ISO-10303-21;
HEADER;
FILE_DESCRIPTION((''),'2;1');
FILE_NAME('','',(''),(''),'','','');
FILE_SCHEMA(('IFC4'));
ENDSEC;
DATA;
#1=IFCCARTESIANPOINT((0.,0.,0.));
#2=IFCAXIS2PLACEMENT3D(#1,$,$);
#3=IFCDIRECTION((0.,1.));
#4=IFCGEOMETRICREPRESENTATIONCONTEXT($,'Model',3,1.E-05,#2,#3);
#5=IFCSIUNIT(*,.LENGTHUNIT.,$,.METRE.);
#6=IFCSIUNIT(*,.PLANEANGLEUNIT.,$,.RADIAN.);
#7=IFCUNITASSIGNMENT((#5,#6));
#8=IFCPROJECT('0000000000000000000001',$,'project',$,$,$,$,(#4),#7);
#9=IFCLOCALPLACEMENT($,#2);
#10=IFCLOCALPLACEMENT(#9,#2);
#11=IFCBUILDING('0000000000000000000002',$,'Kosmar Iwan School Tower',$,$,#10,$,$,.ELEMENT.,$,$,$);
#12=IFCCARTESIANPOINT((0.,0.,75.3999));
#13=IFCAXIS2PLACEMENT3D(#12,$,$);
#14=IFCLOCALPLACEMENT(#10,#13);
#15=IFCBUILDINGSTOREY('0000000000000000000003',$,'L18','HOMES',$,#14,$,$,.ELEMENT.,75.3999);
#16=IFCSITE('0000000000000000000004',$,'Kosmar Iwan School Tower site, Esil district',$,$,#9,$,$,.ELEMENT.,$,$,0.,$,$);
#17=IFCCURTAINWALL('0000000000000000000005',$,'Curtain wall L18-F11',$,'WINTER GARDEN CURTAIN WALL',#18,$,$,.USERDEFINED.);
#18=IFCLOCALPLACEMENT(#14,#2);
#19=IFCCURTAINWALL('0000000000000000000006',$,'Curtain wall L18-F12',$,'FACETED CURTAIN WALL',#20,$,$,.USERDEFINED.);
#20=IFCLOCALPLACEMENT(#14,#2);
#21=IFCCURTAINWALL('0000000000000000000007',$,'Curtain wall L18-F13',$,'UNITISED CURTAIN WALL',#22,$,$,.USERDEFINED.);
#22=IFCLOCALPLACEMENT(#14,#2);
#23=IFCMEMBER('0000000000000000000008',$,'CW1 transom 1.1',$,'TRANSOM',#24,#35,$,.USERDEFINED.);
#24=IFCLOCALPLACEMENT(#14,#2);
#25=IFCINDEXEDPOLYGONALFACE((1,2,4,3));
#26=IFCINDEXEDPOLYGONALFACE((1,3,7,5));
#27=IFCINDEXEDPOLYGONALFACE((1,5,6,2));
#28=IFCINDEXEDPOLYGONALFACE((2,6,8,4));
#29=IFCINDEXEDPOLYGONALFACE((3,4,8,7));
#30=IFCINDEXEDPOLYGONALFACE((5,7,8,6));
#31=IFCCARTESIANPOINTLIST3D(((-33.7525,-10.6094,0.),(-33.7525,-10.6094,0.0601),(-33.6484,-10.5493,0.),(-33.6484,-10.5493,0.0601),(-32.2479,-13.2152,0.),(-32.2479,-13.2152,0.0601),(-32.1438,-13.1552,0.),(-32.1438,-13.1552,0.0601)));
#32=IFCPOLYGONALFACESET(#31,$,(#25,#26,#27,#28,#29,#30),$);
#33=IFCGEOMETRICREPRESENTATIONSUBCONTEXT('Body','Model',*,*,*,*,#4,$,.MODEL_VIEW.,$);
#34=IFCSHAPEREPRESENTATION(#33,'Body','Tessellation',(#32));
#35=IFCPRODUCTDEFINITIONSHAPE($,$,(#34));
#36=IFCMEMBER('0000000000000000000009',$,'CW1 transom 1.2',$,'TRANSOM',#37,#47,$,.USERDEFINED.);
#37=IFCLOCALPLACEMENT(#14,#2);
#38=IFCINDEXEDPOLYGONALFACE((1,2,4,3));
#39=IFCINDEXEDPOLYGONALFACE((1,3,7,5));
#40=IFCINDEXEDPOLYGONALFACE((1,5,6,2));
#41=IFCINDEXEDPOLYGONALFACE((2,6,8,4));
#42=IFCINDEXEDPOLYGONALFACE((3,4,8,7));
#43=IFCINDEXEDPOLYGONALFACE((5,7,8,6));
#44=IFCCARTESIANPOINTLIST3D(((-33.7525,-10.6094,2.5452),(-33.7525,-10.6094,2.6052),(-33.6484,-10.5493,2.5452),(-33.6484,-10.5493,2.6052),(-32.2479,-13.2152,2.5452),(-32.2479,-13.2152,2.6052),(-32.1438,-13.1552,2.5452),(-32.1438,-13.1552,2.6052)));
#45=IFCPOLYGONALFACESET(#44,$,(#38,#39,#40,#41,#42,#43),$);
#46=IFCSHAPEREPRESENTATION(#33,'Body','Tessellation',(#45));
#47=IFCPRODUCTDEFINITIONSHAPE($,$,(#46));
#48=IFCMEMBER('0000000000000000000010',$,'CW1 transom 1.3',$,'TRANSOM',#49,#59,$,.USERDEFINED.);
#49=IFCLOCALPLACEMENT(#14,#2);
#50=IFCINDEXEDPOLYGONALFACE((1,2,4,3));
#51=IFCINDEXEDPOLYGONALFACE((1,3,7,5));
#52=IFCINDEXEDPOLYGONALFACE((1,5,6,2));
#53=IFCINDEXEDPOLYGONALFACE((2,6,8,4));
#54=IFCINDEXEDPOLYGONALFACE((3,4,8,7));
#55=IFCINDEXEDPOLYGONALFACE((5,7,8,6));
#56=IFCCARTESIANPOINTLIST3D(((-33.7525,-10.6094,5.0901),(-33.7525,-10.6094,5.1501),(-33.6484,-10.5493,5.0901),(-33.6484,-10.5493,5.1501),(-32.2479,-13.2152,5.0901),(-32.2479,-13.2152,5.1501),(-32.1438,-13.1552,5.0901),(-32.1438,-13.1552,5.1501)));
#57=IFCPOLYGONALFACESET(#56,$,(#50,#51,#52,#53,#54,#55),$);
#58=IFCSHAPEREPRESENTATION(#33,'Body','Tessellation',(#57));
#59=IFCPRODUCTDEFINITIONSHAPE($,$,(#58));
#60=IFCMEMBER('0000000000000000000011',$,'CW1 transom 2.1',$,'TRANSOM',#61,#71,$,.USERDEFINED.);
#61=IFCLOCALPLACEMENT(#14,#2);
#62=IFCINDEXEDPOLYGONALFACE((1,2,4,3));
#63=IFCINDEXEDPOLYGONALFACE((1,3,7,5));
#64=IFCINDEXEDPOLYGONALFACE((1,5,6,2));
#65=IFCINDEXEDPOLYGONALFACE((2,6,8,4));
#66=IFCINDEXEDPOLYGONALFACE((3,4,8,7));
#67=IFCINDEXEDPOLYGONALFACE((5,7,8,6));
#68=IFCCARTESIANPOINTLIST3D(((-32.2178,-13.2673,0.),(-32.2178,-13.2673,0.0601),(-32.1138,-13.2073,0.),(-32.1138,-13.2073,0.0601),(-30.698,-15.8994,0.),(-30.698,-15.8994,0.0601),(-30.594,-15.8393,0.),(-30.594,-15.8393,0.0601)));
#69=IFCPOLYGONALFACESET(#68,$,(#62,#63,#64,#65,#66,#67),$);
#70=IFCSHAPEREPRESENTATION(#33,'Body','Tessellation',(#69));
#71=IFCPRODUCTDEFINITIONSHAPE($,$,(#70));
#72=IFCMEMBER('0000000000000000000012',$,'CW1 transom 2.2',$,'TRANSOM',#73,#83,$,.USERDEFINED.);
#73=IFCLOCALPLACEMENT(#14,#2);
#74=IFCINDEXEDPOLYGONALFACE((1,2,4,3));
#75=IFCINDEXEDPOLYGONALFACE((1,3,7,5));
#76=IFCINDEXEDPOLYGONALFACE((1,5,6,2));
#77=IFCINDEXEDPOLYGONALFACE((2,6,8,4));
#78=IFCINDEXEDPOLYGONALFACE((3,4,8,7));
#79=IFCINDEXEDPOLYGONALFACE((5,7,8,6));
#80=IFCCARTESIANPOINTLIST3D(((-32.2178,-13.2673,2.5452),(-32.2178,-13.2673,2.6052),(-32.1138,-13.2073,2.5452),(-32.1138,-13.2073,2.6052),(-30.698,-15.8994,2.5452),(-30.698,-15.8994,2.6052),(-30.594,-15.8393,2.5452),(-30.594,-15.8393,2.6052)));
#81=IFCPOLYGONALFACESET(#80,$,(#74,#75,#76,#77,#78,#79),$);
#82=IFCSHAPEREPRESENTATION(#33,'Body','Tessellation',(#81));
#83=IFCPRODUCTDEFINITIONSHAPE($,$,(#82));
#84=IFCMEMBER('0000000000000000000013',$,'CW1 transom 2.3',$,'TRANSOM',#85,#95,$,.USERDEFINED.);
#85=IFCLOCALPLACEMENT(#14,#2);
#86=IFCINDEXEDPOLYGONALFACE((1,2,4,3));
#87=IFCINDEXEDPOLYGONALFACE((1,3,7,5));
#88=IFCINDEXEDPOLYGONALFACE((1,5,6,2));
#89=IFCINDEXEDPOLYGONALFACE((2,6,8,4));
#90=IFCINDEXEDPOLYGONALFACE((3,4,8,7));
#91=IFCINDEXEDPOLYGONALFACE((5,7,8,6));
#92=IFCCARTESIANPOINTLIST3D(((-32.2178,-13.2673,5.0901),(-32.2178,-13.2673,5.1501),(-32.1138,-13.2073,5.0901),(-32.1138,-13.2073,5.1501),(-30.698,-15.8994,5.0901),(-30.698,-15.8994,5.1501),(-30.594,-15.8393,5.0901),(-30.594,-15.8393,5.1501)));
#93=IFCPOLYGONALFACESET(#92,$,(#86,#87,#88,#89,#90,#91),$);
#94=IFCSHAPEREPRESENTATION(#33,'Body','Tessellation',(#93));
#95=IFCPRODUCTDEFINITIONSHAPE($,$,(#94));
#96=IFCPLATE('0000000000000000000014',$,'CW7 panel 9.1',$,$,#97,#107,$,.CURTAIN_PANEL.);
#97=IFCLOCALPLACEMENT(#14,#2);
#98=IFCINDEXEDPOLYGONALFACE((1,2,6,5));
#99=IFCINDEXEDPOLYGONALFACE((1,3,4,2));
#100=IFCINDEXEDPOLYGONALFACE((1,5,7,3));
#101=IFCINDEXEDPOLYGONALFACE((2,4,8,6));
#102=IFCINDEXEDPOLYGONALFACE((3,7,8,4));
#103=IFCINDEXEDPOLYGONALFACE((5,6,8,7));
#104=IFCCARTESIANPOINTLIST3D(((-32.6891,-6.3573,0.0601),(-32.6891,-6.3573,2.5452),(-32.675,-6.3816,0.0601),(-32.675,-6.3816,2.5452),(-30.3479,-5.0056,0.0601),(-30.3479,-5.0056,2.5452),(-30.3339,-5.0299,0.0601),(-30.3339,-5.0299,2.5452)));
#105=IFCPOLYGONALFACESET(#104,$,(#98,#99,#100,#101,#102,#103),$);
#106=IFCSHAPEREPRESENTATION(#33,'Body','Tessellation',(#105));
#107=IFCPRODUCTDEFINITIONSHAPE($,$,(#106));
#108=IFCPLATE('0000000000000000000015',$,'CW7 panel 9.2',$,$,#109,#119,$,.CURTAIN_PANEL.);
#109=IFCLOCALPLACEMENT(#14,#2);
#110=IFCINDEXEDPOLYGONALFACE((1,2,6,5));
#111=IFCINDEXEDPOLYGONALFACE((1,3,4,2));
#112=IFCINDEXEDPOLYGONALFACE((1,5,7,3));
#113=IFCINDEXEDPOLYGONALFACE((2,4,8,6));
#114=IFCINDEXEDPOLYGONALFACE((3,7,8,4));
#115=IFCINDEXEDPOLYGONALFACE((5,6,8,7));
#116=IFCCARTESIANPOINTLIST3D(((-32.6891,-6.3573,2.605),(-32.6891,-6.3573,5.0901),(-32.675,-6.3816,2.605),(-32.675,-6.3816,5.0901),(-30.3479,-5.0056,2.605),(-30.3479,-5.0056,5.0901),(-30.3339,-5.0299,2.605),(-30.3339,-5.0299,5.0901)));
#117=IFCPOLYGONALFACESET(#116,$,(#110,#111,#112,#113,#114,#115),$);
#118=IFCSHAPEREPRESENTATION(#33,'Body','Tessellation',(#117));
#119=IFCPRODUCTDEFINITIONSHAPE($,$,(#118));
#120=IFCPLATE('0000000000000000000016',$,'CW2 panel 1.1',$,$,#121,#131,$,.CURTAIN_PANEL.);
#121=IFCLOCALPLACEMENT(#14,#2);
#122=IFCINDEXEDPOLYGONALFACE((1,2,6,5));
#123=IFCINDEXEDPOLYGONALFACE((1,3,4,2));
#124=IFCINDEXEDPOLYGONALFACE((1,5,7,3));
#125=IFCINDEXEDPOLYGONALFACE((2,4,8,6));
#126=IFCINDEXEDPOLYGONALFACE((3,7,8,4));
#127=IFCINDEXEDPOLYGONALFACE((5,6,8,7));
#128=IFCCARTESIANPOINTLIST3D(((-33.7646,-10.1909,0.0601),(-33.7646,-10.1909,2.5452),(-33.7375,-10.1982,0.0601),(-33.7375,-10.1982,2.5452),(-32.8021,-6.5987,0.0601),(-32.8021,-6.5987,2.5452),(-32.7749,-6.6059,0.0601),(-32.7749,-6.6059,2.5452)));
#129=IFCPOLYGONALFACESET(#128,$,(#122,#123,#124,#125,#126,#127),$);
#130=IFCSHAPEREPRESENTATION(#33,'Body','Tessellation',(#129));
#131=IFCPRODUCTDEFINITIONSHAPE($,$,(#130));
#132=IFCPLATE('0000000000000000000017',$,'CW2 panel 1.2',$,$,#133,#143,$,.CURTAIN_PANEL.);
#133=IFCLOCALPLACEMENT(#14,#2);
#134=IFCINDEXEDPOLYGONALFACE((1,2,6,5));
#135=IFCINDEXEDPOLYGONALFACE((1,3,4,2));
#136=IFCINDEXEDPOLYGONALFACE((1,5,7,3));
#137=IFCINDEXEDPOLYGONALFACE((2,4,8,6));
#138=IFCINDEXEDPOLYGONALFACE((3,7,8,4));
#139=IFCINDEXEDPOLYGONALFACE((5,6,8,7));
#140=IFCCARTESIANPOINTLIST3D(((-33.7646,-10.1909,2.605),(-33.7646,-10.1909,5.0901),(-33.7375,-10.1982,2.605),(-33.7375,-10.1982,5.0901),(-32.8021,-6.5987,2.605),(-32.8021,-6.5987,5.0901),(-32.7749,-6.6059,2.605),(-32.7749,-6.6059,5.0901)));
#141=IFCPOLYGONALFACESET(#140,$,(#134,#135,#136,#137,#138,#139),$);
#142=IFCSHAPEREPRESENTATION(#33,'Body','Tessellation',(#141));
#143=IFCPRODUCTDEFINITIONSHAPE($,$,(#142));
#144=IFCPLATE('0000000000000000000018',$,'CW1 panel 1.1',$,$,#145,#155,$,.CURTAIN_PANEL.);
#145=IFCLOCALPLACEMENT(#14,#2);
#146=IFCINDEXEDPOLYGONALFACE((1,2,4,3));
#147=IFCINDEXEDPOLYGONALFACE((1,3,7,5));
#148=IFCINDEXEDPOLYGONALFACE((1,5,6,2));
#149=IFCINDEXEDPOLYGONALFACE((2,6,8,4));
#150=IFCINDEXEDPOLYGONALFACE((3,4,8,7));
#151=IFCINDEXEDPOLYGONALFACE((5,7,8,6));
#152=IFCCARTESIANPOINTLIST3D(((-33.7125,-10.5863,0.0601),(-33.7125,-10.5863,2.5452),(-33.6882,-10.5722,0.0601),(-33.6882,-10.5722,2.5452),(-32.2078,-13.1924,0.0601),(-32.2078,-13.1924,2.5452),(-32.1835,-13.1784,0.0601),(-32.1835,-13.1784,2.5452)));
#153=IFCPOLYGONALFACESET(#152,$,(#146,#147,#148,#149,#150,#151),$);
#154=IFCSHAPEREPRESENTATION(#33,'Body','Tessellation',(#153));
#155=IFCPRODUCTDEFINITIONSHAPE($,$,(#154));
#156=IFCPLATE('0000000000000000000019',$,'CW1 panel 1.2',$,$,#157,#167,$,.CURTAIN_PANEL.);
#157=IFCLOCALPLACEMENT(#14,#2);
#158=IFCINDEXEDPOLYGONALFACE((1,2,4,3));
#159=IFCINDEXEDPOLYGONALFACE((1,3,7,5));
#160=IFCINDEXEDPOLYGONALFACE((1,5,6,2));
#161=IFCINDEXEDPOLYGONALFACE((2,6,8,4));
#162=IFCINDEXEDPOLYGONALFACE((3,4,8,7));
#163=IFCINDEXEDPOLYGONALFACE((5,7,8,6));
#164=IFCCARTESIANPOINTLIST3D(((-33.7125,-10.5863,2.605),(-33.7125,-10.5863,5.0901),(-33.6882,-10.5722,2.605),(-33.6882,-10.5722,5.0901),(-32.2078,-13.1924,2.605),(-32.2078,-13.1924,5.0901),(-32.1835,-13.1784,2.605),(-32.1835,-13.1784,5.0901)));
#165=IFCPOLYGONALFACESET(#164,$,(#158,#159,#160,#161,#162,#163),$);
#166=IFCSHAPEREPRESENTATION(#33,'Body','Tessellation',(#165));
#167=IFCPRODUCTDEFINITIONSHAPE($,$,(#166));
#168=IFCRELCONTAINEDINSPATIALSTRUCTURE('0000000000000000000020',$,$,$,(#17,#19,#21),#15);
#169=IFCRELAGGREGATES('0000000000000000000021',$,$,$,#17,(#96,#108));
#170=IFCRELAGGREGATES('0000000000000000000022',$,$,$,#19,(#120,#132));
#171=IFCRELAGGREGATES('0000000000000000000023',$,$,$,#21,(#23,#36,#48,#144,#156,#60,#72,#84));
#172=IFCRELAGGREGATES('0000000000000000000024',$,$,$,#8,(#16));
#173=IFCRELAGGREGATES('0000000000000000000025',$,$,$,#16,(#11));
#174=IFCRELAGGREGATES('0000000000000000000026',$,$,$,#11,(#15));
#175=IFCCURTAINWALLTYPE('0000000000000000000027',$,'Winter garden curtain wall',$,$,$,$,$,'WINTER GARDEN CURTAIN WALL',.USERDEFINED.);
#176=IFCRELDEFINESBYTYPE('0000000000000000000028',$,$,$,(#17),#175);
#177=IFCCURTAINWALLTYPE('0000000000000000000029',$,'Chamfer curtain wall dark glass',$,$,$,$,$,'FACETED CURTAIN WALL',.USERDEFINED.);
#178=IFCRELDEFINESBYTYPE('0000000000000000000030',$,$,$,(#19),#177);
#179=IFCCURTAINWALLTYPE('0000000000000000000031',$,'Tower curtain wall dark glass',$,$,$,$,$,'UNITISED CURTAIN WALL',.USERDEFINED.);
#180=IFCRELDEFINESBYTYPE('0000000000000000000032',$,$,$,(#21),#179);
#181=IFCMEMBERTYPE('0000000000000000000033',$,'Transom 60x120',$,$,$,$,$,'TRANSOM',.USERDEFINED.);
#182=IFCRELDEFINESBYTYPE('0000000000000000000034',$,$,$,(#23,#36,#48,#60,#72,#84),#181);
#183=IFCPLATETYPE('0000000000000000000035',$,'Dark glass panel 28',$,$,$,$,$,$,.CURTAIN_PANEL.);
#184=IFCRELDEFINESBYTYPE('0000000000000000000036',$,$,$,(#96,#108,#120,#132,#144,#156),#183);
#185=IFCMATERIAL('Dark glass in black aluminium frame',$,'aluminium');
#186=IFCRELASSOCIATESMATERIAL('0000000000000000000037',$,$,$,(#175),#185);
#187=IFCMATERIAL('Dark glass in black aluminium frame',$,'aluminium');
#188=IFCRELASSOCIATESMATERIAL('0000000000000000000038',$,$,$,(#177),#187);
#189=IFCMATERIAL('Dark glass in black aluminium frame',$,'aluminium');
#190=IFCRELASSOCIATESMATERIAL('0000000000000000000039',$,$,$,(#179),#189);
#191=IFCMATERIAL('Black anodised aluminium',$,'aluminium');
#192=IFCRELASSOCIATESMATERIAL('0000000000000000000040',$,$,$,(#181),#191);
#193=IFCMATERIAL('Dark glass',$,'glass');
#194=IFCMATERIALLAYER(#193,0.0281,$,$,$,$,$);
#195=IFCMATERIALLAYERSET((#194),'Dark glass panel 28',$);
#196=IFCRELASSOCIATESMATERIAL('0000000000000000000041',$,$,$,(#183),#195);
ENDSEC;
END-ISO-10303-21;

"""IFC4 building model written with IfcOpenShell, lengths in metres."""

from ifc_helpers import new_model, si_unit, direction, frame, origin, origin_2d, place, context, subcontext, project, spatial, rectangle, extrude, material, layer, layer_set, material_profile, profile_set, type_object, element, aggregate, save


model = new_model("IFC4")

# Units and contexts
model_context = context("Model", 3, precision=1e-05, world=origin(), true_north=direction((0.0, 1.0)))
body_context = subcontext(model_context, "Body", "Model", "MODEL_VIEW")
ifc_project = project(units=[si_unit("LENGTHUNIT", "METRE"), si_unit("PLANEANGLEUNIT", "RADIAN")], contexts=[model_context])

# Site, building, storey
site_placement = place(None, origin())
site = spatial("IfcSite", under=ifc_project, at=site_placement, Name="Kosmar Iwan School Tower site, Esil district", CompositionType="ELEMENT", RefElevation=0.0)
building_placement = place(site_placement, origin())
building = spatial("IfcBuilding", under=site, at=building_placement, Name="Kosmar Iwan School Tower", CompositionType="ELEMENT")
storey_placement = place(building_placement, frame((0.0, 0.0, 75.3999)))
storey = spatial("IfcBuildingStorey", under=building, at=storey_placement, Name="L18", Description="HOMES", CompositionType="ELEMENT", Elevation=75.3999)

# Curtain wall
ifc_material_1 = material(Name="Dark glass in black aluminium frame", Category="aluminium")
curtain_wall_type_1 = type_object("IfcCurtainWallType", Name="Winter garden curtain wall", ElementType="WINTER GARDEN CURTAIN WALL", PredefinedType="USERDEFINED", material=ifc_material_1)
curtain_wall_1_placement = place(storey_placement, origin())
curtain_wall_1 = element("IfcCurtainWall", 1, at=curtain_wall_1_placement, inside=storey, type_object=curtain_wall_type_1, Name="Curtain wall L18-F11", ObjectType="WINTER GARDEN CURTAIN WALL", PredefinedType="USERDEFINED")

# Curtain walls
ifc_material_2 = material(Name="Dark glass in black aluminium frame", Category="aluminium")
curtain_wall_type_2 = type_object("IfcCurtainWallType", Name="Chamfer curtain wall dark glass", ElementType="FACETED CURTAIN WALL", PredefinedType="USERDEFINED", material=ifc_material_2)
curtain_wall_2_placement = place(storey_placement, origin())
curtain_wall_2 = element("IfcCurtainWall", 2, at=curtain_wall_2_placement, inside=storey, type_object=curtain_wall_type_2, Name="Curtain wall L18-F12", ObjectType="FACETED CURTAIN WALL", PredefinedType="USERDEFINED")
ifc_material_3 = material(Name="Dark glass in black aluminium frame", Category="aluminium")
curtain_wall_type_3 = type_object("IfcCurtainWallType", Name="Tower curtain wall dark glass", ElementType="UNITISED CURTAIN WALL", PredefinedType="USERDEFINED", material=ifc_material_3)
curtain_wall_3_placement = place(storey_placement, origin())
curtain_wall_3 = element("IfcCurtainWall", 3, at=curtain_wall_3_placement, inside=storey, type_object=curtain_wall_type_3, Name="Curtain wall L18-F13", ObjectType="UNITISED CURTAIN WALL", PredefinedType="USERDEFINED")

# Members
ifc_material_4 = material(Name="Black anodised aluminium", Category="aluminium")
ifc_material_profile_1 = material_profile(ifc_material_4, rectangle(XDim=0.1201, YDim=0.0601, at=origin_2d()), Name="TRANSOM 60x120")
ifc_profile_set_1 = profile_set([ifc_material_profile_1], Name="Black anodised aluminium")
member_type_1 = type_object("IfcMemberType", Name="Transom 60x120", ElementType="TRANSOM", PredefinedType="USERDEFINED", material=ifc_profile_set_1)
member_1_placement = place(storey_placement, frame((-33.7004, -10.5793, 0.03), z_axis=(0.500022, -0.866013, 0.0), x_axis=(0.866013, 0.500022, 0.0)))
member_1 = element("IfcMember", 4, at=member_1_placement, type_object=member_type_1, Name="CW1 transom 1.1", ObjectType="TRANSOM", PredefinedType="USERDEFINED", context=body_context, shape_type="SweptSolid", body=[
    extrude(rectangle(XDim=0.1201, YDim=0.0601, at=origin_2d()), origin(), (0.0, 0.0, 1.0), 3.009),
])
member_2_placement = place(storey_placement, frame((-33.7004, -10.5793, 2.5752), z_axis=(0.500022, -0.866013, 0.0), x_axis=(0.866013, 0.500022, 0.0)))
member_2 = element("IfcMember", 5, at=member_2_placement, type_object=member_type_1, Name="CW1 transom 1.2", ObjectType="TRANSOM", PredefinedType="USERDEFINED", context=body_context, shape_type="SweptSolid", body=[
    extrude(rectangle(XDim=0.1201, YDim=0.0601, at=origin_2d()), origin(), (0.0, 0.0, 1.0), 3.009),
])
member_3_placement = place(storey_placement, frame((-33.7004, -10.5793, 5.1201), z_axis=(0.500022, -0.866013, 0.0), x_axis=(0.866013, 0.500022, 0.0)))
member_3 = element("IfcMember", 6, at=member_3_placement, type_object=member_type_1, Name="CW1 transom 1.3", ObjectType="TRANSOM", PredefinedType="USERDEFINED", context=body_context, shape_type="SweptSolid", body=[
    extrude(rectangle(XDim=0.1201, YDim=0.0601, at=origin_2d()), origin(), (0.0, 0.0, 1.0), 3.009),
])
member_4_placement = place(storey_placement, frame((-32.1658, -13.2373, 0.03), z_axis=(0.500035, -0.866005, 0.0), x_axis=(0.866005, 0.500035, 0.0)))
member_4 = element("IfcMember", 7, at=member_4_placement, type_object=member_type_1, Name="CW1 transom 2.1", ObjectType="TRANSOM", PredefinedType="USERDEFINED", context=body_context, shape_type="SweptSolid", body=[
    extrude(rectangle(XDim=0.1201, YDim=0.0601, at=origin_2d()), origin(), (0.0, 0.0, 1.0), 3.0393),
])
member_5_placement = place(storey_placement, frame((-32.1658, -13.2373, 2.5752), z_axis=(0.500035, -0.866005, 0.0), x_axis=(0.866005, 0.500035, 0.0)))
member_5 = element("IfcMember", 8, at=member_5_placement, type_object=member_type_1, Name="CW1 transom 2.2", ObjectType="TRANSOM", PredefinedType="USERDEFINED", context=body_context, shape_type="SweptSolid", body=[
    extrude(rectangle(XDim=0.1201, YDim=0.0601, at=origin_2d()), origin(), (0.0, 0.0, 1.0), 3.0393),
])
member_6_placement = place(storey_placement, frame((-32.1658, -13.2373, 5.1201), z_axis=(0.500035, -0.866005, 0.0), x_axis=(0.866005, 0.500035, 0.0)))
member_6 = element("IfcMember", 9, at=member_6_placement, type_object=member_type_1, Name="CW1 transom 2.3", ObjectType="TRANSOM", PredefinedType="USERDEFINED", context=body_context, shape_type="SweptSolid", body=[
    extrude(rectangle(XDim=0.1201, YDim=0.0601, at=origin_2d()), origin(), (0.0, 0.0, 1.0), 3.0393),
])

# Plates
ifc_material_5 = material(Name="Dark glass", Category="glass")
ifc_layer = layer(ifc_material_5, 0.0281)
ifc_layer_set = layer_set([ifc_layer], Name="Dark glass panel 28")
plate_type = type_object("IfcPlateType", Name="Dark glass panel 28", PredefinedType="CURTAIN_PANEL", material=ifc_layer_set)
plate_1_placement = place(storey_placement, frame((-31.5115, -5.6936, 0.0601), z_axis=(0.0, 0.0, 1.0), x_axis=(-0.866025, -0.5, 0.0)))
plate_1 = element("IfcPlate", 10, at=plate_1_placement, type_object=plate_type, Name="CW7 panel 9.1", PredefinedType="CURTAIN_PANEL", context=body_context, shape_type="SweptSolid", body=[
    extrude(rectangle(XDim=2.7034, YDim=0.0281, at=origin_2d()), origin(), (0.0, 0.0, 1.0), 2.4851),
])
plate_2_placement = place(storey_placement, frame((-31.5115, -5.6936, 2.605), z_axis=(0.0, 0.0, 1.0), x_axis=(-0.866025, -0.5, 0.0)))
plate_2 = element("IfcPlate", 11, at=plate_2_placement, type_object=plate_type, Name="CW7 panel 9.2", PredefinedType="CURTAIN_PANEL", context=body_context, shape_type="SweptSolid", body=[
    extrude(rectangle(XDim=2.7034, YDim=0.0281, at=origin_2d()), origin(), (0.0, 0.0, 1.0), 2.4851),
])
aggregate(curtain_wall_1, [plate_1, plate_2])
plate_3_placement = place(storey_placement, frame((-33.2698, -8.3984, 0.0601), z_axis=(0.0, 0.0, 1.0), x_axis=(-0.258819, -0.965926, 0.0)))
plate_3 = element("IfcPlate", 12, at=plate_3_placement, type_object=plate_type, Name="CW2 panel 1.1", PredefinedType="CURTAIN_PANEL", context=body_context, shape_type="SweptSolid", body=[
    extrude(rectangle(XDim=3.719, YDim=0.0281, at=origin_2d()), origin(), (0.0, 0.0, 1.0), 2.4851),
])
plate_4_placement = place(storey_placement, frame((-33.2698, -8.3984, 2.605), z_axis=(0.0, 0.0, 1.0), x_axis=(-0.258819, -0.965926, 0.0)))
plate_4 = element("IfcPlate", 13, at=plate_4_placement, type_object=plate_type, Name="CW2 panel 1.2", PredefinedType="CURTAIN_PANEL", context=body_context, shape_type="SweptSolid", body=[
    extrude(rectangle(XDim=3.719, YDim=0.0281, at=origin_2d()), origin(), (0.0, 0.0, 1.0), 2.4851),
])
aggregate(curtain_wall_2, [plate_3, plate_4])
plate_5_placement = place(storey_placement, frame((-32.948, -11.8823, 0.0601), z_axis=(0.0, 0.0, 1.0), x_axis=(0.5, -0.866025, 0.0)))
plate_5 = element("IfcPlate", 14, at=plate_5_placement, type_object=plate_type, Name="CW1 panel 1.1", PredefinedType="CURTAIN_PANEL", context=body_context, shape_type="SweptSolid", body=[
    extrude(rectangle(XDim=3.0093, YDim=0.0281, at=origin_2d()), origin(), (0.0, 0.0, 1.0), 2.4851),
])
plate_6_placement = place(storey_placement, frame((-32.948, -11.8823, 2.605), z_axis=(0.0, 0.0, 1.0), x_axis=(0.5, -0.866025, 0.0)))
plate_6 = element("IfcPlate", 15, at=plate_6_placement, type_object=plate_type, Name="CW1 panel 1.2", PredefinedType="CURTAIN_PANEL", context=body_context, shape_type="SweptSolid", body=[
    extrude(rectangle(XDim=3.0093, YDim=0.0281, at=origin_2d()), origin(), (0.0, 0.0, 1.0), 2.4851),
])
aggregate(curtain_wall_3, [member_1, member_2, member_3, plate_5, plate_6, member_4, member_5, member_6])

save(model, "model.ifc")
